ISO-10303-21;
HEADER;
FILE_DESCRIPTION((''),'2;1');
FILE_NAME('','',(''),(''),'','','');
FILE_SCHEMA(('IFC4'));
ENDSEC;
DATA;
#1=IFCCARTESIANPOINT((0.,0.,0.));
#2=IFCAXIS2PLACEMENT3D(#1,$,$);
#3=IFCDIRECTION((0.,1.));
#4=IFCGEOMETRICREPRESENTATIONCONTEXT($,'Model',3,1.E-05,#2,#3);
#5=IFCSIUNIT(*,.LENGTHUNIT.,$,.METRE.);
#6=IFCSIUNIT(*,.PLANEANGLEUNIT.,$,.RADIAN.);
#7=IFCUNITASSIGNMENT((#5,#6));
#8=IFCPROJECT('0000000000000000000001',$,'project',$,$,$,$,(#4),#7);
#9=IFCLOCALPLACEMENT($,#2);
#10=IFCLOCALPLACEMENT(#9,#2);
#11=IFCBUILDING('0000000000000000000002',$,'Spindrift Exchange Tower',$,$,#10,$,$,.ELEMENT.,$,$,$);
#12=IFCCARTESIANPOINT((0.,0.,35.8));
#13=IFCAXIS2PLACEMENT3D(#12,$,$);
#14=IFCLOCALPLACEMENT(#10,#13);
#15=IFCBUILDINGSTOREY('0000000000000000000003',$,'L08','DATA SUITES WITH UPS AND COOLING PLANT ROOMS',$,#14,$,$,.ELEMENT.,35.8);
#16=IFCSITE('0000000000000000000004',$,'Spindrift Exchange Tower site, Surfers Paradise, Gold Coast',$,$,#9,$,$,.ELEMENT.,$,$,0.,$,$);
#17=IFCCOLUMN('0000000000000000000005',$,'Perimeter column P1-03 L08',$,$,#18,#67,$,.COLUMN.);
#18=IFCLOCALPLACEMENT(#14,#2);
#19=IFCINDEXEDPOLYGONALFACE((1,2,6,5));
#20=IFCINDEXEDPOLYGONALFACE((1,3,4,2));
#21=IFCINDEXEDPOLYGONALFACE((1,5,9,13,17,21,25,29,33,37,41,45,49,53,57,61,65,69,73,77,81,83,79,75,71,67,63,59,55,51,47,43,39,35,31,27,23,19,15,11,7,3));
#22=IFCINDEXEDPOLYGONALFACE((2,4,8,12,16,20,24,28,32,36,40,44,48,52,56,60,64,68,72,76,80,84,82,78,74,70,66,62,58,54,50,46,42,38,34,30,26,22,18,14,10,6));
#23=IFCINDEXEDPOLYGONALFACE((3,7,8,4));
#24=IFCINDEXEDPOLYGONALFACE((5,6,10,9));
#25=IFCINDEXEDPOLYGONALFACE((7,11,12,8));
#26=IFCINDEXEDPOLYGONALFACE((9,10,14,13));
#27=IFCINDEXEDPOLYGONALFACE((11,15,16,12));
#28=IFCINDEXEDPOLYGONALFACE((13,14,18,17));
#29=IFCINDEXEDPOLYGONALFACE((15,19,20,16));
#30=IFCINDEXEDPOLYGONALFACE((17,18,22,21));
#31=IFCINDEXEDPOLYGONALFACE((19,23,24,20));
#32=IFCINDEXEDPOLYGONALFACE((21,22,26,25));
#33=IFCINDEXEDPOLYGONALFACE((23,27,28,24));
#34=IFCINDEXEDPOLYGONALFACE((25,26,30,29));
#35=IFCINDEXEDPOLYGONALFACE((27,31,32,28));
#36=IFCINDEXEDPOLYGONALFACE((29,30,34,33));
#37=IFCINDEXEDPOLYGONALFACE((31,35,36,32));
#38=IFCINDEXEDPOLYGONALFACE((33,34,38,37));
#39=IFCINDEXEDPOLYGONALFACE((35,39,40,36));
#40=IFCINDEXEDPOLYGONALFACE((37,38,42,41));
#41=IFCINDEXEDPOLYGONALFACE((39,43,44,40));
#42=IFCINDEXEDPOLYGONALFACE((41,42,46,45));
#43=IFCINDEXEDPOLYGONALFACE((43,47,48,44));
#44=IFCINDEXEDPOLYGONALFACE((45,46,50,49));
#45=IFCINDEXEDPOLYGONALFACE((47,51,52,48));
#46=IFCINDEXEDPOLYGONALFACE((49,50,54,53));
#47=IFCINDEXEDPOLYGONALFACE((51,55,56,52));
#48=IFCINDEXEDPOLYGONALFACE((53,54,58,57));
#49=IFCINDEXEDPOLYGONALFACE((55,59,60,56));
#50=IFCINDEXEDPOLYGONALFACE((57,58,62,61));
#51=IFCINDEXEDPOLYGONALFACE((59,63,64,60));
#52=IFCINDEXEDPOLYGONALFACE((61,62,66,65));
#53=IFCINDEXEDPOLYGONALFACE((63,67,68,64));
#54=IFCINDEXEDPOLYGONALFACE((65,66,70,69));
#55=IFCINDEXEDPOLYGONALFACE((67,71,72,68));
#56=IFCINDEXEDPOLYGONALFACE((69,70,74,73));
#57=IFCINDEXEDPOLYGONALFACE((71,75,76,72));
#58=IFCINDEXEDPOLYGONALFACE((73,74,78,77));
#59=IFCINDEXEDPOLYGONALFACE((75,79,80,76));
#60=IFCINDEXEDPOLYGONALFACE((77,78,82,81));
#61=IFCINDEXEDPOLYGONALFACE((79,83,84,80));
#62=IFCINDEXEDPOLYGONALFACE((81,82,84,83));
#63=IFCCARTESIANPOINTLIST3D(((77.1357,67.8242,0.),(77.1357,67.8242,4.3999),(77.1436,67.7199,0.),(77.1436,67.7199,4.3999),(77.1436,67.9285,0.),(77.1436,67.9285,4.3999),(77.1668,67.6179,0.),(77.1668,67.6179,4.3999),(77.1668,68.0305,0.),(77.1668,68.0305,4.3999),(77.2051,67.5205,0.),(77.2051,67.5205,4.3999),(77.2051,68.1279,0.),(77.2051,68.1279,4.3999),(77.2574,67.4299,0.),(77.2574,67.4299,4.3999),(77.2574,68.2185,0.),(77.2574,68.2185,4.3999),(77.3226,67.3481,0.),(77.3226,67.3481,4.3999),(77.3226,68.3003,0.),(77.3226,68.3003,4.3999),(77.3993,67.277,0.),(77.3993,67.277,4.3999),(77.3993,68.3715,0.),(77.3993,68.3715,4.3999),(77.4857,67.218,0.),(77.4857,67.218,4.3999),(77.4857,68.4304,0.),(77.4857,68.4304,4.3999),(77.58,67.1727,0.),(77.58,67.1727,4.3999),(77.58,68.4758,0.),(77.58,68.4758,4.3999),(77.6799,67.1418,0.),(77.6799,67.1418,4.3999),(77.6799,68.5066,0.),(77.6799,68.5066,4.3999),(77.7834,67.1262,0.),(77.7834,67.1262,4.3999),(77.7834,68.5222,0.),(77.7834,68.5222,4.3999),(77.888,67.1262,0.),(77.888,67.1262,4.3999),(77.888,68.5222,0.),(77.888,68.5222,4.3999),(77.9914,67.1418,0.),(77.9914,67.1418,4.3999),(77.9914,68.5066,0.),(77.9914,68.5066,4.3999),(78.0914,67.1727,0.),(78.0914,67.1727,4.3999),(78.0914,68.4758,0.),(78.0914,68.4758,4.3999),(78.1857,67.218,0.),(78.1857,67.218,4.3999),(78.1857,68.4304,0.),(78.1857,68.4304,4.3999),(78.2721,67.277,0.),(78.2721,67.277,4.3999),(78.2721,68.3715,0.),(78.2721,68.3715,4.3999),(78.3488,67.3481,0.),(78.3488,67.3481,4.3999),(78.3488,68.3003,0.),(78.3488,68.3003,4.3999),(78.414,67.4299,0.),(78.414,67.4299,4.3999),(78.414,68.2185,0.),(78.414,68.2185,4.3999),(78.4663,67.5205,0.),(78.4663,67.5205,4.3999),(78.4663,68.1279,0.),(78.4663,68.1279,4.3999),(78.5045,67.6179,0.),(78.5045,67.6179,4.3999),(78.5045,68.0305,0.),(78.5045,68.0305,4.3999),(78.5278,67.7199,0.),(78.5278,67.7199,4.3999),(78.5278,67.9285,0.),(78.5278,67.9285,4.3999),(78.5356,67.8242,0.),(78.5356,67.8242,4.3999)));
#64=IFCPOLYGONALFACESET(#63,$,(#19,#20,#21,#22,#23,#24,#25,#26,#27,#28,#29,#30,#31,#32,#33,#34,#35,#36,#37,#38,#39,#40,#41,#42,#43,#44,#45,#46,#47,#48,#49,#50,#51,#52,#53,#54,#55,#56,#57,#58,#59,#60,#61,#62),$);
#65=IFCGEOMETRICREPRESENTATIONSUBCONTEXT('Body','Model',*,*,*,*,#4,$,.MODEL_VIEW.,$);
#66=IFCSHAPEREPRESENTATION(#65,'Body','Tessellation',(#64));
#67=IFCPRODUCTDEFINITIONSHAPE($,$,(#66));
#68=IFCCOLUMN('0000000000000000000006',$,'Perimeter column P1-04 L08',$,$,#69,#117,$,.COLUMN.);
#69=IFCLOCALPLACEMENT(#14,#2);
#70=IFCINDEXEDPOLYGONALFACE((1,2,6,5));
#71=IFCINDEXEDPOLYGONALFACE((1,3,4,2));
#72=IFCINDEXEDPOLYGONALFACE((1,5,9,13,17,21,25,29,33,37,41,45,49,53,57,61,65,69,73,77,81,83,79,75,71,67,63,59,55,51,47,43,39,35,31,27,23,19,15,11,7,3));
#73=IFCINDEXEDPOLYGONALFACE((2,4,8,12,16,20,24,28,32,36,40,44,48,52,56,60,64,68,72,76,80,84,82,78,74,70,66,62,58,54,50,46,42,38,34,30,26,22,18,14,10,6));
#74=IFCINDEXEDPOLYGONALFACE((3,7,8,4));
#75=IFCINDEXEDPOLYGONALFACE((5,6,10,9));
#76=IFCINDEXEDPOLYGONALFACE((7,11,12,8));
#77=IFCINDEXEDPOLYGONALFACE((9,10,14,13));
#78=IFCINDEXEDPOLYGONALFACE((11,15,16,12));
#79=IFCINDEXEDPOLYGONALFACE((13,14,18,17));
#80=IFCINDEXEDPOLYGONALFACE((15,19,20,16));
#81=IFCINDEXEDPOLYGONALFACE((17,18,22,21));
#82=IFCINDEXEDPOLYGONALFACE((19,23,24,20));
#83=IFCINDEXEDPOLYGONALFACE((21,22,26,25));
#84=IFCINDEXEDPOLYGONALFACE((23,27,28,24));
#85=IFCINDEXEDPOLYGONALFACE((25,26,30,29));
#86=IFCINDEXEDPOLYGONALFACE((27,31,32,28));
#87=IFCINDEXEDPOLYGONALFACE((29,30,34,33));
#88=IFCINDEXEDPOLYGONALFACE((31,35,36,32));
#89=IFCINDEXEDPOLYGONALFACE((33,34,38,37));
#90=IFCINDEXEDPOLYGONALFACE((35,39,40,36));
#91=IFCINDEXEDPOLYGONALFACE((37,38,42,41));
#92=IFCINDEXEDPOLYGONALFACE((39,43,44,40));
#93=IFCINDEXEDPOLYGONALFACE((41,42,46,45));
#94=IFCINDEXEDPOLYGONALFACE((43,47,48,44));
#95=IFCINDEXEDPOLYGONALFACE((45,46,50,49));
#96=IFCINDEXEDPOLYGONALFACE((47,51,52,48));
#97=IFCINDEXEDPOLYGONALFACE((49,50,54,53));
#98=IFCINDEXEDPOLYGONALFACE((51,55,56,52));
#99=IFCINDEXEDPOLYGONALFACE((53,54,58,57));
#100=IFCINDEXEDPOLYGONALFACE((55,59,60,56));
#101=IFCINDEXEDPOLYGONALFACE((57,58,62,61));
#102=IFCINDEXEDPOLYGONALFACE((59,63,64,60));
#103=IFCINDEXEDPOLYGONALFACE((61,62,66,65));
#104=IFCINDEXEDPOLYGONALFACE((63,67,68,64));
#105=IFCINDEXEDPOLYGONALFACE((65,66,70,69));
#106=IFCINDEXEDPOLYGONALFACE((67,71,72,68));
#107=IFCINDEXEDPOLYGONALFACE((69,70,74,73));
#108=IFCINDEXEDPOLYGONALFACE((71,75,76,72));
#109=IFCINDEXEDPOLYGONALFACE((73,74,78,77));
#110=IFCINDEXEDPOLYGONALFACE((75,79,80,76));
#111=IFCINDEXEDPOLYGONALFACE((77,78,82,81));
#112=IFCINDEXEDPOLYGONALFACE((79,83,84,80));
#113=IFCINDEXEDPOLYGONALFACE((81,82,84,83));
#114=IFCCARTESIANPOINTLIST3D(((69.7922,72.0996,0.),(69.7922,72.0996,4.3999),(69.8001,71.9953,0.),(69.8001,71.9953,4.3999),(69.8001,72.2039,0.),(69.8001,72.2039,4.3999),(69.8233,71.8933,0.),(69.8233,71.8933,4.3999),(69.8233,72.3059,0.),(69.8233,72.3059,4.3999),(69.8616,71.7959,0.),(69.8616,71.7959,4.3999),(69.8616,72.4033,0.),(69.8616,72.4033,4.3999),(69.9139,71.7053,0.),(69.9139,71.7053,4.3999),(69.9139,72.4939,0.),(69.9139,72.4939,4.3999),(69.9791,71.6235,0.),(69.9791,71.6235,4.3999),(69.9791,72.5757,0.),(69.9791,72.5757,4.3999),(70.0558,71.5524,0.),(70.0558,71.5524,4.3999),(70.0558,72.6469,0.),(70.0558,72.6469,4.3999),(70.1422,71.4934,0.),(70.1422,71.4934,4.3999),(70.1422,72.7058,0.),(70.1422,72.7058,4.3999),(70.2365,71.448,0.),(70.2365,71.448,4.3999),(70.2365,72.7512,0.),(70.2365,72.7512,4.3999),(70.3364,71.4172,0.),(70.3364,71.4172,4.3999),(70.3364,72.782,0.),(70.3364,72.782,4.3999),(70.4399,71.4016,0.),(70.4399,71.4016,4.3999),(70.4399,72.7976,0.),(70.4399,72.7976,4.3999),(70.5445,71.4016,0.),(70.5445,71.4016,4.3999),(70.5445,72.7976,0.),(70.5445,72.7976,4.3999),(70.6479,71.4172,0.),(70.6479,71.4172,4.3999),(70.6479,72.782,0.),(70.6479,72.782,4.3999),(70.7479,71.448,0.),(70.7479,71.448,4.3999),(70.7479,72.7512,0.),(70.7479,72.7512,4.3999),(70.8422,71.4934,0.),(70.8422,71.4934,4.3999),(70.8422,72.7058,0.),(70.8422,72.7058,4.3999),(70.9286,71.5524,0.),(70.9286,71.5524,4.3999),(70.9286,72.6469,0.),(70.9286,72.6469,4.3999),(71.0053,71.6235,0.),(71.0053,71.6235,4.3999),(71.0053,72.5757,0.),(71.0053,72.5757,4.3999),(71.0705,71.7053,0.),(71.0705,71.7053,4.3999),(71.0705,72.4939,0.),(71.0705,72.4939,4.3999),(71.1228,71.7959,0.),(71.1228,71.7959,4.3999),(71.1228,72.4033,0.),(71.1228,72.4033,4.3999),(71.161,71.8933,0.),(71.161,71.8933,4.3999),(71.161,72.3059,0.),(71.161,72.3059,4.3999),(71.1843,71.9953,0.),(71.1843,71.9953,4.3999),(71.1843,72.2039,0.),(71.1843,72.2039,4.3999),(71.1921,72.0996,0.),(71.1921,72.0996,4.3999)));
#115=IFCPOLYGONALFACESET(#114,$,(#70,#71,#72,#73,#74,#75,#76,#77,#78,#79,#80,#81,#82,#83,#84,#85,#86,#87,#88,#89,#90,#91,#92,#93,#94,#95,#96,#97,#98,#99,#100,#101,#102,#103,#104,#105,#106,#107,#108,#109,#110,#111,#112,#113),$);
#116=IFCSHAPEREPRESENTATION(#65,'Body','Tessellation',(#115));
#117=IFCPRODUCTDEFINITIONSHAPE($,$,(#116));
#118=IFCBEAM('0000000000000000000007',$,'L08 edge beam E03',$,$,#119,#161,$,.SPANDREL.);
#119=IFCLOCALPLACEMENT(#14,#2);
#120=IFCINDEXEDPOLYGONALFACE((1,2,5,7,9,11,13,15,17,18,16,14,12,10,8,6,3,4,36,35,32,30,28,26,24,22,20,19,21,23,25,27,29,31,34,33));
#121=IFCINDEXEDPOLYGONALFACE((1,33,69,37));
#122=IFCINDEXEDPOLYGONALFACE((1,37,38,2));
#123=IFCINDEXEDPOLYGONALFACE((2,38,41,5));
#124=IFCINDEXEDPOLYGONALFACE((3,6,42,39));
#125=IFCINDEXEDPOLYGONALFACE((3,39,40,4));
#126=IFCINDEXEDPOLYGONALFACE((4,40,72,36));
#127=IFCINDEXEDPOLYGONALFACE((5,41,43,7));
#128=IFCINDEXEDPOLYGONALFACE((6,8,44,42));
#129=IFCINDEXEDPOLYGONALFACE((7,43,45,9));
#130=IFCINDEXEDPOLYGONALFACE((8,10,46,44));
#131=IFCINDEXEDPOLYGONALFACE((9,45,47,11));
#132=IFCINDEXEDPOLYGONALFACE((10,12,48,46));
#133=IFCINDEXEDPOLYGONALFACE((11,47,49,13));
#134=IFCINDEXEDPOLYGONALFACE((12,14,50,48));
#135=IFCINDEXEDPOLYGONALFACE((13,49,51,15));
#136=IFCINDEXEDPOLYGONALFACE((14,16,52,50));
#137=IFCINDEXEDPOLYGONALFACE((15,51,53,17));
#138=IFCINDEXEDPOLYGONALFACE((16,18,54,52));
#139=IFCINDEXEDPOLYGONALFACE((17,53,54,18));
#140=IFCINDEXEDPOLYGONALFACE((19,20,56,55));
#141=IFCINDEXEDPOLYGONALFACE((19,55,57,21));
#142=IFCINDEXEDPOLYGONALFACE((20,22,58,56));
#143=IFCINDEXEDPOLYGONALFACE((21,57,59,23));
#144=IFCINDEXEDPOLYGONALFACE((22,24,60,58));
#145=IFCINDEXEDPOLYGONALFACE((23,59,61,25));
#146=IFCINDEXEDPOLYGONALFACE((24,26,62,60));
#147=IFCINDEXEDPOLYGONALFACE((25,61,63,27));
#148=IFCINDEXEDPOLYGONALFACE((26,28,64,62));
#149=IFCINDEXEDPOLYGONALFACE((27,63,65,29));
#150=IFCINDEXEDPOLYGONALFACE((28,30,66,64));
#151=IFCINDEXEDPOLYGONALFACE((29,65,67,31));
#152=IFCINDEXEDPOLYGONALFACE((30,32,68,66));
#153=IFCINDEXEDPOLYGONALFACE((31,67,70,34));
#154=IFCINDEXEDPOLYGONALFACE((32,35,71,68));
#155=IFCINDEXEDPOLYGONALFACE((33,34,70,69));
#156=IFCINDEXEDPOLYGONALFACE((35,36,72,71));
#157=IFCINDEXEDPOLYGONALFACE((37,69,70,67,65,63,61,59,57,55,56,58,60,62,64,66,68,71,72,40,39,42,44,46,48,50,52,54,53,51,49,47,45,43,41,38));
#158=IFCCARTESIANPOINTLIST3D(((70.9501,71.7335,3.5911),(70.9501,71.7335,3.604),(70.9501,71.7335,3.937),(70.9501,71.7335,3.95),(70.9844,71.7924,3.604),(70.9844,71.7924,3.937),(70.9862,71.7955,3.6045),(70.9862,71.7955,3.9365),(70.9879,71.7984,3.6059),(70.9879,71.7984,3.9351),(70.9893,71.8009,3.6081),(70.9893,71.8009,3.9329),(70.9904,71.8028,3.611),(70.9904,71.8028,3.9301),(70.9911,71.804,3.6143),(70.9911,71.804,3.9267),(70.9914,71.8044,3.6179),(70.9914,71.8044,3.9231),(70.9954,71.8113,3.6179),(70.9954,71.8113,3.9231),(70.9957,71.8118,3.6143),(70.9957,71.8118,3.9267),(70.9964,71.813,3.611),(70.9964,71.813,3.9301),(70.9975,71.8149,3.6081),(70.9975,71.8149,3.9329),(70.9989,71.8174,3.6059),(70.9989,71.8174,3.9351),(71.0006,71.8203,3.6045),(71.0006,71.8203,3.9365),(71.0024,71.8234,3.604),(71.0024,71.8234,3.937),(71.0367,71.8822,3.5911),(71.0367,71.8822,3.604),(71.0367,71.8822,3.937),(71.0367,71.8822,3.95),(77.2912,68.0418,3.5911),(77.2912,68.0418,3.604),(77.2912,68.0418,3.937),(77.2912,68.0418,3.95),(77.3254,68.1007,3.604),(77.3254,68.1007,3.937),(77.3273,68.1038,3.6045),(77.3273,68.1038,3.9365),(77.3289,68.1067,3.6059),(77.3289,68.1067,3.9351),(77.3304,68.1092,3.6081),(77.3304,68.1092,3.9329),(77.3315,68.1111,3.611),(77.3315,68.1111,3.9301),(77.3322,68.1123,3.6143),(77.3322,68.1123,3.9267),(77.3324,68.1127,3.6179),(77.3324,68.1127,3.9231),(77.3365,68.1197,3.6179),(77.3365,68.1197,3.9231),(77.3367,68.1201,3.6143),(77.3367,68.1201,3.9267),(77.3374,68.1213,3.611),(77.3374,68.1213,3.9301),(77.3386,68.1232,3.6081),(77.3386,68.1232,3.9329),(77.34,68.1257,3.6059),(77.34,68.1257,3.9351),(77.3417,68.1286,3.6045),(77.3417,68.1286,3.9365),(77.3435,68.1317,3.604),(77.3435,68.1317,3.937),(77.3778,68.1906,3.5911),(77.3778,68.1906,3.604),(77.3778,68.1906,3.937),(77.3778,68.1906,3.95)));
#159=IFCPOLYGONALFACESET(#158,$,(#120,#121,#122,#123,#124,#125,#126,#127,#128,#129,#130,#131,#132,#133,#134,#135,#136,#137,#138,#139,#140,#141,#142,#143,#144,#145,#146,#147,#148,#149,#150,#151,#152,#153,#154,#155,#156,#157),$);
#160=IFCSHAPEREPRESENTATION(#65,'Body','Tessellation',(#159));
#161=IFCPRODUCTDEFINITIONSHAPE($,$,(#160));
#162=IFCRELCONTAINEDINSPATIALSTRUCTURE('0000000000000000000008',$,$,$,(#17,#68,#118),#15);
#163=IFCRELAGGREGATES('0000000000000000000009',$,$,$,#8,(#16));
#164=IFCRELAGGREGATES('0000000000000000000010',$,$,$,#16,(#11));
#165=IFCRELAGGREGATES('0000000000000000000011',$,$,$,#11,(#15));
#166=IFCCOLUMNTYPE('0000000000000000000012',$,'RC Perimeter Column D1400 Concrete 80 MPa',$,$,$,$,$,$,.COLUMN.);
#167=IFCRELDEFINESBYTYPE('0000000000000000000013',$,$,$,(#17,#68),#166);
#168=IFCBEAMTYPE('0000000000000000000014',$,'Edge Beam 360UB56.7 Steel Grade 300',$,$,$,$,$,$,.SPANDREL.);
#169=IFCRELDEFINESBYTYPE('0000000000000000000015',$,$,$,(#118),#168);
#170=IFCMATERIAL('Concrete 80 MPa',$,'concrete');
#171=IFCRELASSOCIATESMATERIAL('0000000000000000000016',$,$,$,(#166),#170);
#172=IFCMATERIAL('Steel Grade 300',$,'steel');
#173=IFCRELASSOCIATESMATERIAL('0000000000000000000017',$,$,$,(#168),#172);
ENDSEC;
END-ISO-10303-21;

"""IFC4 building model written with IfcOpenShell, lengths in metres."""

from ifc_helpers import new_model, si_unit, direction, frame, origin, origin_2d, place, context, subcontext, project, spatial, circle, i_section, extrude, source, transform, mapped, material, material_profile, profile_set, type_object, element, save


model = new_model("IFC4")

# Units and contexts
model_context = context("Model", 3, precision=1e-05, world=origin(), true_north=direction((0.0, 1.0)))
body_context = subcontext(model_context, "Body", "Model", "MODEL_VIEW")
ifc_project = project(units=[si_unit("LENGTHUNIT", "METRE"), si_unit("PLANEANGLEUNIT", "RADIAN")], contexts=[model_context])

# Site, building, storey
site_placement = place(None, origin())
site = spatial("IfcSite", under=ifc_project, at=site_placement, Name="Spindrift Exchange Tower site, Surfers Paradise, Gold Coast", CompositionType="ELEMENT", RefElevation=0.0)
building_placement = place(site_placement, origin())
building = spatial("IfcBuilding", under=site, at=building_placement, Name="Spindrift Exchange Tower", CompositionType="ELEMENT")
storey_placement = place(building_placement, frame((0.0, 0.0, 35.8)))
storey = spatial("IfcBuildingStorey", under=building, at=storey_placement, Name="L08", Description="DATA SUITES WITH UPS AND COOLING PLANT ROOMS", CompositionType="ELEMENT", Elevation=35.8)

# Columns
ifc_material_1 = material(Name="Concrete 80 MPa", Category="concrete")
ifc_material_profile_1 = material_profile(ifc_material_1, circle(Radius=0.7, at=origin_2d()), Name="RC D1400")
ifc_profile_set_1 = profile_set([ifc_material_profile_1], Name="Concrete 80 MPa")
column_type = type_object("IfcColumnType", Name="RC Perimeter Column D1400 Concrete 80 MPa", PredefinedType="COLUMN", material=ifc_profile_set_1)
shared_shape_1 = source(origin(), body_context, "Body", "SweptSolid", [
    extrude(circle(Radius=0.7, at=origin_2d()), origin(), (0.0, 0.0, 1.0), 4.3999),
])
for number, where, z_axis, x_axis, name in (
    (1, (77.8357, 67.8242, 0.0), (0.0, 0.0, 1.0), (1.0, 0.0, 0.0), "Perimeter column P1-03 L08"),
    (2, (70.4922, 72.0996, 0.0), (0.0, 0.0, 1.0), (1.0, 0.0, 0.0), "Perimeter column P1-04 L08"),
):
    element("IfcColumn", number, at=place(storey_placement, frame(where, z_axis=z_axis, x_axis=x_axis)), inside=storey, type_object=column_type, Name=name, PredefinedType="COLUMN", context=body_context, shape_type="MappedRepresentation", body=[
        mapped(shared_shape_1, transform((0.0, 0.0, 0.0), scale=1.0)),
    ])

# Beam
ifc_material_2 = material(Name="Steel Grade 300", Category="steel")
ifc_material_profile_2 = material_profile(ifc_material_2, i_section(OverallWidth=0.1721, OverallDepth=0.3589, WebThickness=0.0081, FlangeThickness=0.0129, FilletRadius=0.0139, at=origin_2d()), Name="360UB56.7")
ifc_profile_set_2 = profile_set([ifc_material_profile_2], Name="Steel Grade 300")
beam_type_1 = type_object("IfcBeamType", Name="Edge Beam 360UB56.7 Steel Grade 300", PredefinedType="SPANDREL", material=ifc_profile_set_2)
shared_shape_2 = source(origin(), body_context, "Body", "SweptSolid", [
    extrude(i_section(OverallWidth=0.1721, OverallDepth=0.3589, WebThickness=0.0081, FlangeThickness=0.0129, FilletRadius=0.0139, at=origin_2d()), origin(), (0.0, 0.0, 1.0), 7.3374),
])
beam_1_placement = place(storey_placement, frame((77.3345, 68.1162, 3.7705), z_axis=(-0.864212, 0.503128, 0.0), x_axis=(-0.503128, -0.864212, 0.0)))
element("IfcBeam", 3, at=beam_1_placement, inside=storey, type_object=beam_type_1, Name="L08 edge beam E03", PredefinedType="SPANDREL", context=body_context, shape_type="MappedRepresentation", body=[
    mapped(shared_shape_2, transform((0.0, 0.0, 0.0), scale=1.0)),
])

save(model, "model.ifc")
